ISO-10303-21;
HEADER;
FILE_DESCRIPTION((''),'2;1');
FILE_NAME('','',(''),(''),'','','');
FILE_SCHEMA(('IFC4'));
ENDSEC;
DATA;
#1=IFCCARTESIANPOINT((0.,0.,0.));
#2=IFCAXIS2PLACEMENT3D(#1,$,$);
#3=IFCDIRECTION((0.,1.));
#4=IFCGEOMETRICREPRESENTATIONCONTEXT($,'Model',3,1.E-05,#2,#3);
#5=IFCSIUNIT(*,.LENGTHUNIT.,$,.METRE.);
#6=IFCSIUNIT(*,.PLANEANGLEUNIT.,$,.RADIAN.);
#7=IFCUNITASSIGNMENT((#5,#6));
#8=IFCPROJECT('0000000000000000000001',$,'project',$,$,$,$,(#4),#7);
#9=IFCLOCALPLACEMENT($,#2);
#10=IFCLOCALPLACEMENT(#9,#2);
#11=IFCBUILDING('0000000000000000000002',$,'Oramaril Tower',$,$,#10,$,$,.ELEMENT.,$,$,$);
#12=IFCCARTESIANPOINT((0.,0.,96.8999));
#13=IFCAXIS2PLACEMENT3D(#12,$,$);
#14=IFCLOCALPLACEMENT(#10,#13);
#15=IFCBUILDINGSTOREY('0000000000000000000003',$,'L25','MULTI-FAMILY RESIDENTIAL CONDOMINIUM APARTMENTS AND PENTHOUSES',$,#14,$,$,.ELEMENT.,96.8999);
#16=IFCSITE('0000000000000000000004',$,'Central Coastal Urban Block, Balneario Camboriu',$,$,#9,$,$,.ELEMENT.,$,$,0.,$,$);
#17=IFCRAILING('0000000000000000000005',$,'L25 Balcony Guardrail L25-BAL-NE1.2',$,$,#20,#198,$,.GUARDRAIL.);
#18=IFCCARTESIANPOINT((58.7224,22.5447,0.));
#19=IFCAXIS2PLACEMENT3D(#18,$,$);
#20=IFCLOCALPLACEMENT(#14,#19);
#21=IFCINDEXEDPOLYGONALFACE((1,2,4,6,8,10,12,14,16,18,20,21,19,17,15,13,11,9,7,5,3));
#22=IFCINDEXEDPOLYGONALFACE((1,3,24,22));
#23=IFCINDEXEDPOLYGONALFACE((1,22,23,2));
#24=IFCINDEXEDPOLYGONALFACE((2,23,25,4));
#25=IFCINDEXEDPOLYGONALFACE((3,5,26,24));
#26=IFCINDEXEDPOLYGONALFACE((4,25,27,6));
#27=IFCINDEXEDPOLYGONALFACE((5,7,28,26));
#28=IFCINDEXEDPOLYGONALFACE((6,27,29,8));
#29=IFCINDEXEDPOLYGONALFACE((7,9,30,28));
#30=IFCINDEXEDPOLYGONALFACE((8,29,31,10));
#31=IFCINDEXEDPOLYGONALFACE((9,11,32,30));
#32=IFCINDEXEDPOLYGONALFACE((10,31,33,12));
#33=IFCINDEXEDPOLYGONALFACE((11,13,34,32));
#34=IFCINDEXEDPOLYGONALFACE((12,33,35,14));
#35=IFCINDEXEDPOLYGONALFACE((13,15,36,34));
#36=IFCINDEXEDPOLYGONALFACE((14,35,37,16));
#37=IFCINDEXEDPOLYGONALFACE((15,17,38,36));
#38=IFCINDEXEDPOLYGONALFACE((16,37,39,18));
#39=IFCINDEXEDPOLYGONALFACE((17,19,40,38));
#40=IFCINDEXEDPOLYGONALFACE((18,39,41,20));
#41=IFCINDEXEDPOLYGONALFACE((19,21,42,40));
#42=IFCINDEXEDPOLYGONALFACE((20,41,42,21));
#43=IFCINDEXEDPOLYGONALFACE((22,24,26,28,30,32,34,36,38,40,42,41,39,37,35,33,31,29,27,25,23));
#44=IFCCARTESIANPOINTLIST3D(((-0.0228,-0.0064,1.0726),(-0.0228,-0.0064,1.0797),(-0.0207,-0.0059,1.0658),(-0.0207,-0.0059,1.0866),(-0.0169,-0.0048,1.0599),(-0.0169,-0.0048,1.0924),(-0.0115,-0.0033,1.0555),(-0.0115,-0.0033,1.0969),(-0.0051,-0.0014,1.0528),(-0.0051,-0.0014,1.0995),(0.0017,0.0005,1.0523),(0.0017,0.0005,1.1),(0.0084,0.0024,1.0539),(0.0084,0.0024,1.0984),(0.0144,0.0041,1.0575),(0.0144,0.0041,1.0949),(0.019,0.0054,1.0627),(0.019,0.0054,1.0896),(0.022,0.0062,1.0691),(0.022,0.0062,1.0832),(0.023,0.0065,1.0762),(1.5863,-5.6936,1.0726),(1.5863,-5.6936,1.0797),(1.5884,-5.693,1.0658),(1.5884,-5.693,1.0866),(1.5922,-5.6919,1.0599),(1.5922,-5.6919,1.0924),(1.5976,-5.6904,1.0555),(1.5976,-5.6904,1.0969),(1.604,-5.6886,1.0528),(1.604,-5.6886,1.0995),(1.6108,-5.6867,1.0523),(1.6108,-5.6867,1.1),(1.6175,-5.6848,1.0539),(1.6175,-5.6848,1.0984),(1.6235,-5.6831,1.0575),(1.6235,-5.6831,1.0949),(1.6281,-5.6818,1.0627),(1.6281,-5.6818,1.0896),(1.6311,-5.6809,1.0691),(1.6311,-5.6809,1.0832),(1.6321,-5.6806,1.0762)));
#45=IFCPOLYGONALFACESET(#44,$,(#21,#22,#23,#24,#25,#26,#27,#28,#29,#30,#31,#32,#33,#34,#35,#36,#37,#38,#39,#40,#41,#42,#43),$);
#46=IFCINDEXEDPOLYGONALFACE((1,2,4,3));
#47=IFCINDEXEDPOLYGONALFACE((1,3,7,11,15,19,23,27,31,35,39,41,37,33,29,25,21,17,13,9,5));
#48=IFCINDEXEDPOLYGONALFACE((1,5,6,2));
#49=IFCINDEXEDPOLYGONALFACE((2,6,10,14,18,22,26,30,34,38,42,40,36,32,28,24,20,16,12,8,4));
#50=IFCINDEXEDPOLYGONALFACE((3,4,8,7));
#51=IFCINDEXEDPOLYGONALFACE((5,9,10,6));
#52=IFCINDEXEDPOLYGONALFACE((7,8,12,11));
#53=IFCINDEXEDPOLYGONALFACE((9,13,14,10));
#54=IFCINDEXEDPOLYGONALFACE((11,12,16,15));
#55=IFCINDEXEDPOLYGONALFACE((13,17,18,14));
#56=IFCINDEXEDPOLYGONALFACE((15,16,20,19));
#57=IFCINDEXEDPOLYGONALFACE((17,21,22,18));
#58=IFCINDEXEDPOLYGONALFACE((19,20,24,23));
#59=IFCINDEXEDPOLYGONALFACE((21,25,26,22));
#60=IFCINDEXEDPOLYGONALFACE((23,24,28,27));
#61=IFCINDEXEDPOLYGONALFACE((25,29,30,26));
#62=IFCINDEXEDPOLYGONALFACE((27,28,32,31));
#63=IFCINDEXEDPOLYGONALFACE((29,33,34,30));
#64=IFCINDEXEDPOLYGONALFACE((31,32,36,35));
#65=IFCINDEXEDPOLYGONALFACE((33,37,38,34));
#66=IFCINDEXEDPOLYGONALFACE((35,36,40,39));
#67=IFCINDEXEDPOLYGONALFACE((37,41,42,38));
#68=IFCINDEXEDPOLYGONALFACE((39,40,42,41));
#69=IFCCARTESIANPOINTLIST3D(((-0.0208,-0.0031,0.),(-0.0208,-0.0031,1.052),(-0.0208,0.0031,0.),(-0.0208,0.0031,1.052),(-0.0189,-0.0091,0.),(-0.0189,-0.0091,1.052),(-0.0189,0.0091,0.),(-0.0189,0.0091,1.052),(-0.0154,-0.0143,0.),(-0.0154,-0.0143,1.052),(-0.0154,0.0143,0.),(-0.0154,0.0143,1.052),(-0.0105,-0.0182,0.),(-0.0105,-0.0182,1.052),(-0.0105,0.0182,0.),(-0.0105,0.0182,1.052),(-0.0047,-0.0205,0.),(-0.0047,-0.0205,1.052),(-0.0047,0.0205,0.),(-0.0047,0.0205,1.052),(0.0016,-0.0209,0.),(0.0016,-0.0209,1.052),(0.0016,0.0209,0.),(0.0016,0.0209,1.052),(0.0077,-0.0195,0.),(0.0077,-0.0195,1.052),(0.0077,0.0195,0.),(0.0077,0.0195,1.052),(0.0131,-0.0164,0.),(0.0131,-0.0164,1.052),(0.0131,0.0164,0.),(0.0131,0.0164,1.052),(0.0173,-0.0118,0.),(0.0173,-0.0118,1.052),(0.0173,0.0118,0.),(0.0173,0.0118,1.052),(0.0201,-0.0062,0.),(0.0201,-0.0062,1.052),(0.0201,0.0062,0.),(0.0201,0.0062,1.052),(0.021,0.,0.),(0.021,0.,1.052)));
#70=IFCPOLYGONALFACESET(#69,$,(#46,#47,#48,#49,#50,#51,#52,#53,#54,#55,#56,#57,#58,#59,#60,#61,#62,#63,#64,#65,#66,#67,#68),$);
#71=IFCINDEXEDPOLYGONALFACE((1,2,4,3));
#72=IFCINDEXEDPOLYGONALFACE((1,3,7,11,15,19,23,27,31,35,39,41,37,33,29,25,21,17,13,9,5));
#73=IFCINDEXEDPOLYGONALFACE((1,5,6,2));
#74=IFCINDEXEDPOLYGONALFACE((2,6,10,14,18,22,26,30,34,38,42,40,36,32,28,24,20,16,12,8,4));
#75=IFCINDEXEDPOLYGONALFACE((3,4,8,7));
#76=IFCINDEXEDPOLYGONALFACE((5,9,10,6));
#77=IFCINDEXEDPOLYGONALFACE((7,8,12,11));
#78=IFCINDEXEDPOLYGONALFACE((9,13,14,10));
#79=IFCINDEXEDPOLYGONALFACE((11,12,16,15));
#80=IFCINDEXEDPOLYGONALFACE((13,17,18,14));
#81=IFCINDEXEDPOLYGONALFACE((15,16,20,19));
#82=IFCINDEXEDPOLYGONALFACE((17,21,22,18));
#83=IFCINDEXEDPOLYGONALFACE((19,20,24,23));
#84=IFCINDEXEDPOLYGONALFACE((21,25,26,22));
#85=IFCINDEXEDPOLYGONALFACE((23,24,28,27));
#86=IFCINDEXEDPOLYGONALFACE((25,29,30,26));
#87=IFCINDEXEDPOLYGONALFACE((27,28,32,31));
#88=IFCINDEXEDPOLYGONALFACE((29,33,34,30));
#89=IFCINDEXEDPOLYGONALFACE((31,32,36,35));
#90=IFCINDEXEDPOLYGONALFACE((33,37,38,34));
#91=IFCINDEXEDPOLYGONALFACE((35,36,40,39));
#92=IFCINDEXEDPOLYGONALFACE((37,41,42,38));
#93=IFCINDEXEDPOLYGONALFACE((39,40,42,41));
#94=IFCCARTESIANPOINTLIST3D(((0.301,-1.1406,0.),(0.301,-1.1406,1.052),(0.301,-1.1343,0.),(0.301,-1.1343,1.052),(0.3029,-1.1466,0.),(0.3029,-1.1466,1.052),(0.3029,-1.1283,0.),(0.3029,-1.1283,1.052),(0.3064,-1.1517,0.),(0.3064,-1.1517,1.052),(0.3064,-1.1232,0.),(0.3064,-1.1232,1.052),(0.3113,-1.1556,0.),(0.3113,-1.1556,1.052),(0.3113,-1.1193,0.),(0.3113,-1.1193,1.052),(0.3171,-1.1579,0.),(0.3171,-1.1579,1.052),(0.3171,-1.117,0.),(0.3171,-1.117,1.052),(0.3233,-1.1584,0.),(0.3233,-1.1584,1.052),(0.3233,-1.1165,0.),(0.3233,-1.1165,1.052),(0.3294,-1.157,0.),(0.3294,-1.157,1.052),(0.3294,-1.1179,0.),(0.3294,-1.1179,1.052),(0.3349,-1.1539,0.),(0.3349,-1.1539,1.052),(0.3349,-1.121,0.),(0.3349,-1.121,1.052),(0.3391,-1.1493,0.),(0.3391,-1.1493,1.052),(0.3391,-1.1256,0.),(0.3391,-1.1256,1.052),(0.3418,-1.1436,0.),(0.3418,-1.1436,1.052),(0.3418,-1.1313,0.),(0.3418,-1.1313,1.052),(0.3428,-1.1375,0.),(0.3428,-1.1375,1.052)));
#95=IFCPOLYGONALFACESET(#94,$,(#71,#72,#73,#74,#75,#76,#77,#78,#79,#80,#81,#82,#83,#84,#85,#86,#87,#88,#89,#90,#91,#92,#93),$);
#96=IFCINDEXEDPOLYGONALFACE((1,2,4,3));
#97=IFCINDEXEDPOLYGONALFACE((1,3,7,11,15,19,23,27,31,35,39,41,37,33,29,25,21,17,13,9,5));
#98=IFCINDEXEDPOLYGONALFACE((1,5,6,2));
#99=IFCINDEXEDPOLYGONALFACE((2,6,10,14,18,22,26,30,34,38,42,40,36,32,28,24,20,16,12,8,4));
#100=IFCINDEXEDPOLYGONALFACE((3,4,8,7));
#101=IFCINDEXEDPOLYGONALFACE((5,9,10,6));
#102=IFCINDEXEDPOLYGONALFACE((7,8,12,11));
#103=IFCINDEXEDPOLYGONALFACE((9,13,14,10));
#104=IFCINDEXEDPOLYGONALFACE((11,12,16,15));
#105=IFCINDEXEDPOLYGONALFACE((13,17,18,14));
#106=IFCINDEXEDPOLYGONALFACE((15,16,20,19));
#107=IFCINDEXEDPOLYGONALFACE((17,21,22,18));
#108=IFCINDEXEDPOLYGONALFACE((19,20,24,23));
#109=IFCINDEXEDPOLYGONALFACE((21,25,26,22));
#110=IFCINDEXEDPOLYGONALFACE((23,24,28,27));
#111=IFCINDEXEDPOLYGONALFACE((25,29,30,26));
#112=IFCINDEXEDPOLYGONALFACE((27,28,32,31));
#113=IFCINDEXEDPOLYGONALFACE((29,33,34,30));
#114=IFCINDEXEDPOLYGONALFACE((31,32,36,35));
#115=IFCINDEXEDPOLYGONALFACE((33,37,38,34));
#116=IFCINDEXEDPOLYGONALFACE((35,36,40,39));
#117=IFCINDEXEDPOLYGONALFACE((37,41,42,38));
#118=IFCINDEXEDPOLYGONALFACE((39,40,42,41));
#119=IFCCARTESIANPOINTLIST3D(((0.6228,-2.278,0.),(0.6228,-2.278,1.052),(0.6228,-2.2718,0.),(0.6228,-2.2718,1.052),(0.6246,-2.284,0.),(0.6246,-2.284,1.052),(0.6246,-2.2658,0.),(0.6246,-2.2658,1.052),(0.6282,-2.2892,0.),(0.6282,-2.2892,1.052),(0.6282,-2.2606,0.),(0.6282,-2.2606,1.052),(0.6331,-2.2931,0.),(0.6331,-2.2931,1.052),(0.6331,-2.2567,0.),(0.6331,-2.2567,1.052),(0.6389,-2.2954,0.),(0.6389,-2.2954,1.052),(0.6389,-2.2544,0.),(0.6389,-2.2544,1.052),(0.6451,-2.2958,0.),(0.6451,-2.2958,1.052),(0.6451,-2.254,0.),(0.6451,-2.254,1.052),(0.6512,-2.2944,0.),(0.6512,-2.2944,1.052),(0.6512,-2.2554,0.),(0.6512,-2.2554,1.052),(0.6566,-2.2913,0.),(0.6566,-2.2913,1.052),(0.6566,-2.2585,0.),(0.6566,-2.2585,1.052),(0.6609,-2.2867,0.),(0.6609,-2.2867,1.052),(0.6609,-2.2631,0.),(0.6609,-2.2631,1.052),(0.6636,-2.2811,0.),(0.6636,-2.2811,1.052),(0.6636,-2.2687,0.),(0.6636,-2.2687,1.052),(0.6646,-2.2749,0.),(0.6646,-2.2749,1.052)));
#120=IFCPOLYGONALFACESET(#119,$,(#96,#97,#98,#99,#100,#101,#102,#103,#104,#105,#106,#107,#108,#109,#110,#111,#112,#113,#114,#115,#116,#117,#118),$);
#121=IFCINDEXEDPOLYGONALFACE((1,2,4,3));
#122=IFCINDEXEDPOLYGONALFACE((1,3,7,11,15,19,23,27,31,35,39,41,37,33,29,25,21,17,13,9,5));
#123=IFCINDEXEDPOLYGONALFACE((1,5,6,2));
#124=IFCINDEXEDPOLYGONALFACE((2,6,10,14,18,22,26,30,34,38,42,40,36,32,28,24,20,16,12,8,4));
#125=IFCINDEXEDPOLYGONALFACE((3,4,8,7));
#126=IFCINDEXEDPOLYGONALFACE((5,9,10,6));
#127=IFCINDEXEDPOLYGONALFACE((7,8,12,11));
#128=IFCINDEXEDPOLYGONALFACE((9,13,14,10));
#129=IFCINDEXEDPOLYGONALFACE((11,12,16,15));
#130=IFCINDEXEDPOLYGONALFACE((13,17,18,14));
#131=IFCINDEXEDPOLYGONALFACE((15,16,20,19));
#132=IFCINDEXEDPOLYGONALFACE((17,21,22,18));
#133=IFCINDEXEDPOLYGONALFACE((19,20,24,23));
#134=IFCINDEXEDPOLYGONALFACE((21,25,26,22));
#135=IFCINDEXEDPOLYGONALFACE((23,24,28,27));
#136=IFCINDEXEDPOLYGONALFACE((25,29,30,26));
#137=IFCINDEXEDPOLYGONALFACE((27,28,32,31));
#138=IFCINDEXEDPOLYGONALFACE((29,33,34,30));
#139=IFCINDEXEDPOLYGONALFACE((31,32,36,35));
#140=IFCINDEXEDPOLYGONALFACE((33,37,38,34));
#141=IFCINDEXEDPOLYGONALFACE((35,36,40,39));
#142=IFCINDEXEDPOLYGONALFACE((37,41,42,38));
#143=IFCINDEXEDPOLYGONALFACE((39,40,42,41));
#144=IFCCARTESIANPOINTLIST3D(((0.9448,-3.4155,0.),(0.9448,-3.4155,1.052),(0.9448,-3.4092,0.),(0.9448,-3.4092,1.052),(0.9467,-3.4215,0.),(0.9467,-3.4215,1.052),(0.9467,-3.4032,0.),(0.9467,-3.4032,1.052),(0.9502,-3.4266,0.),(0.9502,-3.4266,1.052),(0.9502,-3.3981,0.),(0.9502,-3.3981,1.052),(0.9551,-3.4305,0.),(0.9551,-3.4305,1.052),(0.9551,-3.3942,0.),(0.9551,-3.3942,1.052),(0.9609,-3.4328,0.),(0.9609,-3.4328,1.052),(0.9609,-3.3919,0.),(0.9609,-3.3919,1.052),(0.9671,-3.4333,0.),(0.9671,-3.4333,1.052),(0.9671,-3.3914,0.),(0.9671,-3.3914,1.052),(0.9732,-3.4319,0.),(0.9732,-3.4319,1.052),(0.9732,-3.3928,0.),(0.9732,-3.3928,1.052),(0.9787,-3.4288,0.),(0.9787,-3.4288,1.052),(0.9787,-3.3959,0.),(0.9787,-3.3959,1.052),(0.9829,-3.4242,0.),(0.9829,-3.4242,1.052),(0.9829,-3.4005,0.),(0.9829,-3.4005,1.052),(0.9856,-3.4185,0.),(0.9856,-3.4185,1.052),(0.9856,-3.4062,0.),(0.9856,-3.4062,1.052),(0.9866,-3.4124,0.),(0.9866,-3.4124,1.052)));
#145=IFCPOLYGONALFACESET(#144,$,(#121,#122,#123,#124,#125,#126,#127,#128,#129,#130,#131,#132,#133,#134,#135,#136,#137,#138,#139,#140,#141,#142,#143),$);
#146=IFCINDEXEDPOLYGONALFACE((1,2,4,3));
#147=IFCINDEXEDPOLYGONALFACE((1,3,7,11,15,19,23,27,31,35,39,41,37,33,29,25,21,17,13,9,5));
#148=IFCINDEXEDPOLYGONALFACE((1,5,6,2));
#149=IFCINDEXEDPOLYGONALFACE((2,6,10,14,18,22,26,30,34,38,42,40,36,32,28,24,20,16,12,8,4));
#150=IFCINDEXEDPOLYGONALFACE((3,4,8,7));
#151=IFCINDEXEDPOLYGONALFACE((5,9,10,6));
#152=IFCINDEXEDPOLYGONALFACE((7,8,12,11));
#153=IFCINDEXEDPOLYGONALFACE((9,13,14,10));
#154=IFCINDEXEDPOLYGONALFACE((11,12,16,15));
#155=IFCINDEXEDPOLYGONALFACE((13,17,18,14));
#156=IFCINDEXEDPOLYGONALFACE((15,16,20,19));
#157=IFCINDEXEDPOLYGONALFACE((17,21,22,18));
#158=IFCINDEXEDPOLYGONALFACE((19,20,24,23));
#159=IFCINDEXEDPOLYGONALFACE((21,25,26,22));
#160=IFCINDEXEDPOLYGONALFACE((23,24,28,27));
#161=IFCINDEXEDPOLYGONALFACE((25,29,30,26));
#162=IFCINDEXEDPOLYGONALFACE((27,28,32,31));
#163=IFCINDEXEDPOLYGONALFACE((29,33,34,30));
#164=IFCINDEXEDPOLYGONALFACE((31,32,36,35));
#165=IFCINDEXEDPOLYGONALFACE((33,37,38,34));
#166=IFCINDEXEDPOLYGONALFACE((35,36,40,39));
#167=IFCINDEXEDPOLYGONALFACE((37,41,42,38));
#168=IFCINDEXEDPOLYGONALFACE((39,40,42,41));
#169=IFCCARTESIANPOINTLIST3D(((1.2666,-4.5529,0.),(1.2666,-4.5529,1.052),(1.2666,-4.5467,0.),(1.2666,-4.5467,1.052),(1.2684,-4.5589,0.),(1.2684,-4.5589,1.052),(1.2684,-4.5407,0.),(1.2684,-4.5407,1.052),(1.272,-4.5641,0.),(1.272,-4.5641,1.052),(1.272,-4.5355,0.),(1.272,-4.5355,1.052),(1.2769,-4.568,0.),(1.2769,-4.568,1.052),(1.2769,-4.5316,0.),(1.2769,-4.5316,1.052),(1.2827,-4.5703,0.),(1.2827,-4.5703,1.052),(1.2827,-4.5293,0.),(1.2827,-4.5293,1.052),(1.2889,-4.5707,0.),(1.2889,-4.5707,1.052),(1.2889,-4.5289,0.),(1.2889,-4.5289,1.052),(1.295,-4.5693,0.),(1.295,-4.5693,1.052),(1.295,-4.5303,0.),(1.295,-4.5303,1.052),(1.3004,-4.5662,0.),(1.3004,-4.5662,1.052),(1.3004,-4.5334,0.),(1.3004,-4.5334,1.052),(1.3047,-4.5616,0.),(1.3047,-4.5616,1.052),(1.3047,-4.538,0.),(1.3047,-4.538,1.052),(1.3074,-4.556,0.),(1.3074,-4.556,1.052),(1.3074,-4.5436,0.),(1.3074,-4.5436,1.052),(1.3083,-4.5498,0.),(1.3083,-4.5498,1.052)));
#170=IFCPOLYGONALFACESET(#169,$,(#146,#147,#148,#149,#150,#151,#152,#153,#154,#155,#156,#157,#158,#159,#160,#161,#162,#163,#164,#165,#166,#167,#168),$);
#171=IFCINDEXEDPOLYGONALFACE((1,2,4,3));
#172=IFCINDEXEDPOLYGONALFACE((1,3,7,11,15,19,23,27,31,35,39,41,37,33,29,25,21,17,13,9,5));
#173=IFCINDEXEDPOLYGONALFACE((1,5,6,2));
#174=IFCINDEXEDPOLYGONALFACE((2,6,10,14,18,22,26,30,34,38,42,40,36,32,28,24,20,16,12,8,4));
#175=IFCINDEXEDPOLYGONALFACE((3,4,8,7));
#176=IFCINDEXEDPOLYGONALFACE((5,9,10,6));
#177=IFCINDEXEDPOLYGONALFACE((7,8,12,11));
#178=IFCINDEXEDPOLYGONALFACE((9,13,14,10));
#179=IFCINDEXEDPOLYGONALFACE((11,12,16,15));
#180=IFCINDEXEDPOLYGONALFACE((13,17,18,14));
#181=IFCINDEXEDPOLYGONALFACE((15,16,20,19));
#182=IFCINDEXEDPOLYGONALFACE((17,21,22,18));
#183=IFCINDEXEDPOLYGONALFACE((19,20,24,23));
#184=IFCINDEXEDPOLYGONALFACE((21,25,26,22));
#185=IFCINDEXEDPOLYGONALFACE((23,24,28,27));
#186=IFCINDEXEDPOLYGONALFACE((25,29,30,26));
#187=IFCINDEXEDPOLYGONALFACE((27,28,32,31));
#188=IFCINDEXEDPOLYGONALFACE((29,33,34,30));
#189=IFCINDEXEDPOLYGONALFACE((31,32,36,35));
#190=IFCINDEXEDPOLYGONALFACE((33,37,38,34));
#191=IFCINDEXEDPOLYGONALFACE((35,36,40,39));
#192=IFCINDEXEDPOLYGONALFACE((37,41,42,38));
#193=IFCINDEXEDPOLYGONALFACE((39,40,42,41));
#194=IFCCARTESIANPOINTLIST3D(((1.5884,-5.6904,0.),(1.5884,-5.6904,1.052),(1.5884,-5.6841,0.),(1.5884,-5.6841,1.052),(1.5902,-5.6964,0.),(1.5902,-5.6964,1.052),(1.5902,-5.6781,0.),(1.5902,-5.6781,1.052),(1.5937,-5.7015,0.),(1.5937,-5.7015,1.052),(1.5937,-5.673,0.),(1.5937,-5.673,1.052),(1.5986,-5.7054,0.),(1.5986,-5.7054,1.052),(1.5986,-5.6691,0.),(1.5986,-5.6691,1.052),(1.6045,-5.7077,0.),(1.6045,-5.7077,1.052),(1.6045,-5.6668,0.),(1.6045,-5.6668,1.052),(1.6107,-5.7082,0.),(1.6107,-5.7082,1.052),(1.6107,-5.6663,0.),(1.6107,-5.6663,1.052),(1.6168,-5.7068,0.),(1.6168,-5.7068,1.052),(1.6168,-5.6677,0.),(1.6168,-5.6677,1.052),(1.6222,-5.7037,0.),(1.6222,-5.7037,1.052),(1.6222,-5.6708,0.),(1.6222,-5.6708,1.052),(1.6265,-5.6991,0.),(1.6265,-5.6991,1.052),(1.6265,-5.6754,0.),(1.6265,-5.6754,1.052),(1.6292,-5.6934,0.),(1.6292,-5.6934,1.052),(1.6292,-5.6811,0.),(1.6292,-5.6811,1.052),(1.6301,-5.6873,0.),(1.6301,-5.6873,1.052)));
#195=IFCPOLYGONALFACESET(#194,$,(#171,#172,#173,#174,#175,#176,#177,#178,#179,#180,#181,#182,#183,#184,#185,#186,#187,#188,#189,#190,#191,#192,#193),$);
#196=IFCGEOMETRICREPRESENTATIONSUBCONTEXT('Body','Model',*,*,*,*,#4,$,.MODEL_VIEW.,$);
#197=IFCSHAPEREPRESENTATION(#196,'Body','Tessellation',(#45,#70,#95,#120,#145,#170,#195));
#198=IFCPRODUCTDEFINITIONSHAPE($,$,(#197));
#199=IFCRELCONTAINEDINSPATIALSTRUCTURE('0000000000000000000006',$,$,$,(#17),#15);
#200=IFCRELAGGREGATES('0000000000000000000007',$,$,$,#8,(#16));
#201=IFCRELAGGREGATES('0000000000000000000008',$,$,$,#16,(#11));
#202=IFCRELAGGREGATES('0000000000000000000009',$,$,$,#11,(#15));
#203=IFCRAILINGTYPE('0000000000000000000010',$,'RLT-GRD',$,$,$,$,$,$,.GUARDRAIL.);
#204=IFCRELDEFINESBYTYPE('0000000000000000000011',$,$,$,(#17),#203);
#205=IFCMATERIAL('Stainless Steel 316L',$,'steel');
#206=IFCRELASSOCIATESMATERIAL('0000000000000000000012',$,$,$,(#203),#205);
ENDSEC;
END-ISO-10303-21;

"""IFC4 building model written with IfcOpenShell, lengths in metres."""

from ifc_helpers import new_model, si_unit, direction, frame, origin, origin_2d, place, context, subcontext, project, spatial, circle, extrude, material, type_object, element, save


model = new_model("IFC4")

# Units and contexts
model_context = context("Model", 3, precision=1e-05, world=origin(), true_north=direction((0.0, 1.0)))
body_context = subcontext(model_context, "Body", "Model", "MODEL_VIEW")
ifc_project = project(units=[si_unit("LENGTHUNIT", "METRE"), si_unit("PLANEANGLEUNIT", "RADIAN")], contexts=[model_context])

# Site, building, storey
site_placement = place(None, origin())
site = spatial("IfcSite", under=ifc_project, at=site_placement, Name="Central Coastal Urban Block, Balneario Camboriu", CompositionType="ELEMENT", RefElevation=0.0)
building_placement = place(site_placement, origin())
building = spatial("IfcBuilding", under=site, at=building_placement, Name="Oramaril Tower", CompositionType="ELEMENT")
storey_placement = place(building_placement, frame((0.0, 0.0, 96.8999)))
storey = spatial("IfcBuildingStorey", under=building, at=storey_placement, Name="L25", Description="MULTI-FAMILY RESIDENTIAL CONDOMINIUM APARTMENTS AND PENTHOUSES", CompositionType="ELEMENT", Elevation=96.8999)

# Railing
ifc_material_1 = material(Name="Stainless Steel 316L", Category="steel")
railing_type = type_object("IfcRailingType", Name="RLT-GRD", PredefinedType="GUARDRAIL", material=ifc_material_1)
railing_1_placement = place(storey_placement, frame((58.7224, 22.5447, 0.0)))
element("IfcRailing", 1, at=railing_1_placement, inside=storey, type_object=railing_type, Name="L25 Balcony Guardrail L25-BAL-NE1.2", PredefinedType="GUARDRAIL", context=body_context, shape_type="SweptSolid", body=[
    extrude(circle(Radius=0.0239, at=origin_2d()), frame((0.0, 0.0, 1.0762), z_axis=(0.272249, -0.962227, 0.0), x_axis=(0.962227, 0.272249, 0.0)), (0.0, 0.0, 1.0), 5.9104),
    extrude(circle(Radius=0.021, at=origin_2d()), origin(), (0.0, 0.0, 1.0), 1.052),
    extrude(circle(Radius=0.021, at=origin_2d()), frame((0.3218, -1.1375, 0.0)), (0.0, 0.0, 1.0), 1.052),
    extrude(circle(Radius=0.021, at=origin_2d()), frame((0.6436, -2.2749, 0.0)), (0.0, 0.0, 1.0), 1.052),
    extrude(circle(Radius=0.021, at=origin_2d()), frame((0.9656, -3.4124, 0.0)), (0.0, 0.0, 1.0), 1.052),
    extrude(circle(Radius=0.021, at=origin_2d()), frame((1.2874, -4.5498, 0.0)), (0.0, 0.0, 1.0), 1.052),
    extrude(circle(Radius=0.021, at=origin_2d()), frame((1.6091, -5.6873, 0.0)), (0.0, 0.0, 1.0), 1.052),
])

save(model, "model.ifc")
